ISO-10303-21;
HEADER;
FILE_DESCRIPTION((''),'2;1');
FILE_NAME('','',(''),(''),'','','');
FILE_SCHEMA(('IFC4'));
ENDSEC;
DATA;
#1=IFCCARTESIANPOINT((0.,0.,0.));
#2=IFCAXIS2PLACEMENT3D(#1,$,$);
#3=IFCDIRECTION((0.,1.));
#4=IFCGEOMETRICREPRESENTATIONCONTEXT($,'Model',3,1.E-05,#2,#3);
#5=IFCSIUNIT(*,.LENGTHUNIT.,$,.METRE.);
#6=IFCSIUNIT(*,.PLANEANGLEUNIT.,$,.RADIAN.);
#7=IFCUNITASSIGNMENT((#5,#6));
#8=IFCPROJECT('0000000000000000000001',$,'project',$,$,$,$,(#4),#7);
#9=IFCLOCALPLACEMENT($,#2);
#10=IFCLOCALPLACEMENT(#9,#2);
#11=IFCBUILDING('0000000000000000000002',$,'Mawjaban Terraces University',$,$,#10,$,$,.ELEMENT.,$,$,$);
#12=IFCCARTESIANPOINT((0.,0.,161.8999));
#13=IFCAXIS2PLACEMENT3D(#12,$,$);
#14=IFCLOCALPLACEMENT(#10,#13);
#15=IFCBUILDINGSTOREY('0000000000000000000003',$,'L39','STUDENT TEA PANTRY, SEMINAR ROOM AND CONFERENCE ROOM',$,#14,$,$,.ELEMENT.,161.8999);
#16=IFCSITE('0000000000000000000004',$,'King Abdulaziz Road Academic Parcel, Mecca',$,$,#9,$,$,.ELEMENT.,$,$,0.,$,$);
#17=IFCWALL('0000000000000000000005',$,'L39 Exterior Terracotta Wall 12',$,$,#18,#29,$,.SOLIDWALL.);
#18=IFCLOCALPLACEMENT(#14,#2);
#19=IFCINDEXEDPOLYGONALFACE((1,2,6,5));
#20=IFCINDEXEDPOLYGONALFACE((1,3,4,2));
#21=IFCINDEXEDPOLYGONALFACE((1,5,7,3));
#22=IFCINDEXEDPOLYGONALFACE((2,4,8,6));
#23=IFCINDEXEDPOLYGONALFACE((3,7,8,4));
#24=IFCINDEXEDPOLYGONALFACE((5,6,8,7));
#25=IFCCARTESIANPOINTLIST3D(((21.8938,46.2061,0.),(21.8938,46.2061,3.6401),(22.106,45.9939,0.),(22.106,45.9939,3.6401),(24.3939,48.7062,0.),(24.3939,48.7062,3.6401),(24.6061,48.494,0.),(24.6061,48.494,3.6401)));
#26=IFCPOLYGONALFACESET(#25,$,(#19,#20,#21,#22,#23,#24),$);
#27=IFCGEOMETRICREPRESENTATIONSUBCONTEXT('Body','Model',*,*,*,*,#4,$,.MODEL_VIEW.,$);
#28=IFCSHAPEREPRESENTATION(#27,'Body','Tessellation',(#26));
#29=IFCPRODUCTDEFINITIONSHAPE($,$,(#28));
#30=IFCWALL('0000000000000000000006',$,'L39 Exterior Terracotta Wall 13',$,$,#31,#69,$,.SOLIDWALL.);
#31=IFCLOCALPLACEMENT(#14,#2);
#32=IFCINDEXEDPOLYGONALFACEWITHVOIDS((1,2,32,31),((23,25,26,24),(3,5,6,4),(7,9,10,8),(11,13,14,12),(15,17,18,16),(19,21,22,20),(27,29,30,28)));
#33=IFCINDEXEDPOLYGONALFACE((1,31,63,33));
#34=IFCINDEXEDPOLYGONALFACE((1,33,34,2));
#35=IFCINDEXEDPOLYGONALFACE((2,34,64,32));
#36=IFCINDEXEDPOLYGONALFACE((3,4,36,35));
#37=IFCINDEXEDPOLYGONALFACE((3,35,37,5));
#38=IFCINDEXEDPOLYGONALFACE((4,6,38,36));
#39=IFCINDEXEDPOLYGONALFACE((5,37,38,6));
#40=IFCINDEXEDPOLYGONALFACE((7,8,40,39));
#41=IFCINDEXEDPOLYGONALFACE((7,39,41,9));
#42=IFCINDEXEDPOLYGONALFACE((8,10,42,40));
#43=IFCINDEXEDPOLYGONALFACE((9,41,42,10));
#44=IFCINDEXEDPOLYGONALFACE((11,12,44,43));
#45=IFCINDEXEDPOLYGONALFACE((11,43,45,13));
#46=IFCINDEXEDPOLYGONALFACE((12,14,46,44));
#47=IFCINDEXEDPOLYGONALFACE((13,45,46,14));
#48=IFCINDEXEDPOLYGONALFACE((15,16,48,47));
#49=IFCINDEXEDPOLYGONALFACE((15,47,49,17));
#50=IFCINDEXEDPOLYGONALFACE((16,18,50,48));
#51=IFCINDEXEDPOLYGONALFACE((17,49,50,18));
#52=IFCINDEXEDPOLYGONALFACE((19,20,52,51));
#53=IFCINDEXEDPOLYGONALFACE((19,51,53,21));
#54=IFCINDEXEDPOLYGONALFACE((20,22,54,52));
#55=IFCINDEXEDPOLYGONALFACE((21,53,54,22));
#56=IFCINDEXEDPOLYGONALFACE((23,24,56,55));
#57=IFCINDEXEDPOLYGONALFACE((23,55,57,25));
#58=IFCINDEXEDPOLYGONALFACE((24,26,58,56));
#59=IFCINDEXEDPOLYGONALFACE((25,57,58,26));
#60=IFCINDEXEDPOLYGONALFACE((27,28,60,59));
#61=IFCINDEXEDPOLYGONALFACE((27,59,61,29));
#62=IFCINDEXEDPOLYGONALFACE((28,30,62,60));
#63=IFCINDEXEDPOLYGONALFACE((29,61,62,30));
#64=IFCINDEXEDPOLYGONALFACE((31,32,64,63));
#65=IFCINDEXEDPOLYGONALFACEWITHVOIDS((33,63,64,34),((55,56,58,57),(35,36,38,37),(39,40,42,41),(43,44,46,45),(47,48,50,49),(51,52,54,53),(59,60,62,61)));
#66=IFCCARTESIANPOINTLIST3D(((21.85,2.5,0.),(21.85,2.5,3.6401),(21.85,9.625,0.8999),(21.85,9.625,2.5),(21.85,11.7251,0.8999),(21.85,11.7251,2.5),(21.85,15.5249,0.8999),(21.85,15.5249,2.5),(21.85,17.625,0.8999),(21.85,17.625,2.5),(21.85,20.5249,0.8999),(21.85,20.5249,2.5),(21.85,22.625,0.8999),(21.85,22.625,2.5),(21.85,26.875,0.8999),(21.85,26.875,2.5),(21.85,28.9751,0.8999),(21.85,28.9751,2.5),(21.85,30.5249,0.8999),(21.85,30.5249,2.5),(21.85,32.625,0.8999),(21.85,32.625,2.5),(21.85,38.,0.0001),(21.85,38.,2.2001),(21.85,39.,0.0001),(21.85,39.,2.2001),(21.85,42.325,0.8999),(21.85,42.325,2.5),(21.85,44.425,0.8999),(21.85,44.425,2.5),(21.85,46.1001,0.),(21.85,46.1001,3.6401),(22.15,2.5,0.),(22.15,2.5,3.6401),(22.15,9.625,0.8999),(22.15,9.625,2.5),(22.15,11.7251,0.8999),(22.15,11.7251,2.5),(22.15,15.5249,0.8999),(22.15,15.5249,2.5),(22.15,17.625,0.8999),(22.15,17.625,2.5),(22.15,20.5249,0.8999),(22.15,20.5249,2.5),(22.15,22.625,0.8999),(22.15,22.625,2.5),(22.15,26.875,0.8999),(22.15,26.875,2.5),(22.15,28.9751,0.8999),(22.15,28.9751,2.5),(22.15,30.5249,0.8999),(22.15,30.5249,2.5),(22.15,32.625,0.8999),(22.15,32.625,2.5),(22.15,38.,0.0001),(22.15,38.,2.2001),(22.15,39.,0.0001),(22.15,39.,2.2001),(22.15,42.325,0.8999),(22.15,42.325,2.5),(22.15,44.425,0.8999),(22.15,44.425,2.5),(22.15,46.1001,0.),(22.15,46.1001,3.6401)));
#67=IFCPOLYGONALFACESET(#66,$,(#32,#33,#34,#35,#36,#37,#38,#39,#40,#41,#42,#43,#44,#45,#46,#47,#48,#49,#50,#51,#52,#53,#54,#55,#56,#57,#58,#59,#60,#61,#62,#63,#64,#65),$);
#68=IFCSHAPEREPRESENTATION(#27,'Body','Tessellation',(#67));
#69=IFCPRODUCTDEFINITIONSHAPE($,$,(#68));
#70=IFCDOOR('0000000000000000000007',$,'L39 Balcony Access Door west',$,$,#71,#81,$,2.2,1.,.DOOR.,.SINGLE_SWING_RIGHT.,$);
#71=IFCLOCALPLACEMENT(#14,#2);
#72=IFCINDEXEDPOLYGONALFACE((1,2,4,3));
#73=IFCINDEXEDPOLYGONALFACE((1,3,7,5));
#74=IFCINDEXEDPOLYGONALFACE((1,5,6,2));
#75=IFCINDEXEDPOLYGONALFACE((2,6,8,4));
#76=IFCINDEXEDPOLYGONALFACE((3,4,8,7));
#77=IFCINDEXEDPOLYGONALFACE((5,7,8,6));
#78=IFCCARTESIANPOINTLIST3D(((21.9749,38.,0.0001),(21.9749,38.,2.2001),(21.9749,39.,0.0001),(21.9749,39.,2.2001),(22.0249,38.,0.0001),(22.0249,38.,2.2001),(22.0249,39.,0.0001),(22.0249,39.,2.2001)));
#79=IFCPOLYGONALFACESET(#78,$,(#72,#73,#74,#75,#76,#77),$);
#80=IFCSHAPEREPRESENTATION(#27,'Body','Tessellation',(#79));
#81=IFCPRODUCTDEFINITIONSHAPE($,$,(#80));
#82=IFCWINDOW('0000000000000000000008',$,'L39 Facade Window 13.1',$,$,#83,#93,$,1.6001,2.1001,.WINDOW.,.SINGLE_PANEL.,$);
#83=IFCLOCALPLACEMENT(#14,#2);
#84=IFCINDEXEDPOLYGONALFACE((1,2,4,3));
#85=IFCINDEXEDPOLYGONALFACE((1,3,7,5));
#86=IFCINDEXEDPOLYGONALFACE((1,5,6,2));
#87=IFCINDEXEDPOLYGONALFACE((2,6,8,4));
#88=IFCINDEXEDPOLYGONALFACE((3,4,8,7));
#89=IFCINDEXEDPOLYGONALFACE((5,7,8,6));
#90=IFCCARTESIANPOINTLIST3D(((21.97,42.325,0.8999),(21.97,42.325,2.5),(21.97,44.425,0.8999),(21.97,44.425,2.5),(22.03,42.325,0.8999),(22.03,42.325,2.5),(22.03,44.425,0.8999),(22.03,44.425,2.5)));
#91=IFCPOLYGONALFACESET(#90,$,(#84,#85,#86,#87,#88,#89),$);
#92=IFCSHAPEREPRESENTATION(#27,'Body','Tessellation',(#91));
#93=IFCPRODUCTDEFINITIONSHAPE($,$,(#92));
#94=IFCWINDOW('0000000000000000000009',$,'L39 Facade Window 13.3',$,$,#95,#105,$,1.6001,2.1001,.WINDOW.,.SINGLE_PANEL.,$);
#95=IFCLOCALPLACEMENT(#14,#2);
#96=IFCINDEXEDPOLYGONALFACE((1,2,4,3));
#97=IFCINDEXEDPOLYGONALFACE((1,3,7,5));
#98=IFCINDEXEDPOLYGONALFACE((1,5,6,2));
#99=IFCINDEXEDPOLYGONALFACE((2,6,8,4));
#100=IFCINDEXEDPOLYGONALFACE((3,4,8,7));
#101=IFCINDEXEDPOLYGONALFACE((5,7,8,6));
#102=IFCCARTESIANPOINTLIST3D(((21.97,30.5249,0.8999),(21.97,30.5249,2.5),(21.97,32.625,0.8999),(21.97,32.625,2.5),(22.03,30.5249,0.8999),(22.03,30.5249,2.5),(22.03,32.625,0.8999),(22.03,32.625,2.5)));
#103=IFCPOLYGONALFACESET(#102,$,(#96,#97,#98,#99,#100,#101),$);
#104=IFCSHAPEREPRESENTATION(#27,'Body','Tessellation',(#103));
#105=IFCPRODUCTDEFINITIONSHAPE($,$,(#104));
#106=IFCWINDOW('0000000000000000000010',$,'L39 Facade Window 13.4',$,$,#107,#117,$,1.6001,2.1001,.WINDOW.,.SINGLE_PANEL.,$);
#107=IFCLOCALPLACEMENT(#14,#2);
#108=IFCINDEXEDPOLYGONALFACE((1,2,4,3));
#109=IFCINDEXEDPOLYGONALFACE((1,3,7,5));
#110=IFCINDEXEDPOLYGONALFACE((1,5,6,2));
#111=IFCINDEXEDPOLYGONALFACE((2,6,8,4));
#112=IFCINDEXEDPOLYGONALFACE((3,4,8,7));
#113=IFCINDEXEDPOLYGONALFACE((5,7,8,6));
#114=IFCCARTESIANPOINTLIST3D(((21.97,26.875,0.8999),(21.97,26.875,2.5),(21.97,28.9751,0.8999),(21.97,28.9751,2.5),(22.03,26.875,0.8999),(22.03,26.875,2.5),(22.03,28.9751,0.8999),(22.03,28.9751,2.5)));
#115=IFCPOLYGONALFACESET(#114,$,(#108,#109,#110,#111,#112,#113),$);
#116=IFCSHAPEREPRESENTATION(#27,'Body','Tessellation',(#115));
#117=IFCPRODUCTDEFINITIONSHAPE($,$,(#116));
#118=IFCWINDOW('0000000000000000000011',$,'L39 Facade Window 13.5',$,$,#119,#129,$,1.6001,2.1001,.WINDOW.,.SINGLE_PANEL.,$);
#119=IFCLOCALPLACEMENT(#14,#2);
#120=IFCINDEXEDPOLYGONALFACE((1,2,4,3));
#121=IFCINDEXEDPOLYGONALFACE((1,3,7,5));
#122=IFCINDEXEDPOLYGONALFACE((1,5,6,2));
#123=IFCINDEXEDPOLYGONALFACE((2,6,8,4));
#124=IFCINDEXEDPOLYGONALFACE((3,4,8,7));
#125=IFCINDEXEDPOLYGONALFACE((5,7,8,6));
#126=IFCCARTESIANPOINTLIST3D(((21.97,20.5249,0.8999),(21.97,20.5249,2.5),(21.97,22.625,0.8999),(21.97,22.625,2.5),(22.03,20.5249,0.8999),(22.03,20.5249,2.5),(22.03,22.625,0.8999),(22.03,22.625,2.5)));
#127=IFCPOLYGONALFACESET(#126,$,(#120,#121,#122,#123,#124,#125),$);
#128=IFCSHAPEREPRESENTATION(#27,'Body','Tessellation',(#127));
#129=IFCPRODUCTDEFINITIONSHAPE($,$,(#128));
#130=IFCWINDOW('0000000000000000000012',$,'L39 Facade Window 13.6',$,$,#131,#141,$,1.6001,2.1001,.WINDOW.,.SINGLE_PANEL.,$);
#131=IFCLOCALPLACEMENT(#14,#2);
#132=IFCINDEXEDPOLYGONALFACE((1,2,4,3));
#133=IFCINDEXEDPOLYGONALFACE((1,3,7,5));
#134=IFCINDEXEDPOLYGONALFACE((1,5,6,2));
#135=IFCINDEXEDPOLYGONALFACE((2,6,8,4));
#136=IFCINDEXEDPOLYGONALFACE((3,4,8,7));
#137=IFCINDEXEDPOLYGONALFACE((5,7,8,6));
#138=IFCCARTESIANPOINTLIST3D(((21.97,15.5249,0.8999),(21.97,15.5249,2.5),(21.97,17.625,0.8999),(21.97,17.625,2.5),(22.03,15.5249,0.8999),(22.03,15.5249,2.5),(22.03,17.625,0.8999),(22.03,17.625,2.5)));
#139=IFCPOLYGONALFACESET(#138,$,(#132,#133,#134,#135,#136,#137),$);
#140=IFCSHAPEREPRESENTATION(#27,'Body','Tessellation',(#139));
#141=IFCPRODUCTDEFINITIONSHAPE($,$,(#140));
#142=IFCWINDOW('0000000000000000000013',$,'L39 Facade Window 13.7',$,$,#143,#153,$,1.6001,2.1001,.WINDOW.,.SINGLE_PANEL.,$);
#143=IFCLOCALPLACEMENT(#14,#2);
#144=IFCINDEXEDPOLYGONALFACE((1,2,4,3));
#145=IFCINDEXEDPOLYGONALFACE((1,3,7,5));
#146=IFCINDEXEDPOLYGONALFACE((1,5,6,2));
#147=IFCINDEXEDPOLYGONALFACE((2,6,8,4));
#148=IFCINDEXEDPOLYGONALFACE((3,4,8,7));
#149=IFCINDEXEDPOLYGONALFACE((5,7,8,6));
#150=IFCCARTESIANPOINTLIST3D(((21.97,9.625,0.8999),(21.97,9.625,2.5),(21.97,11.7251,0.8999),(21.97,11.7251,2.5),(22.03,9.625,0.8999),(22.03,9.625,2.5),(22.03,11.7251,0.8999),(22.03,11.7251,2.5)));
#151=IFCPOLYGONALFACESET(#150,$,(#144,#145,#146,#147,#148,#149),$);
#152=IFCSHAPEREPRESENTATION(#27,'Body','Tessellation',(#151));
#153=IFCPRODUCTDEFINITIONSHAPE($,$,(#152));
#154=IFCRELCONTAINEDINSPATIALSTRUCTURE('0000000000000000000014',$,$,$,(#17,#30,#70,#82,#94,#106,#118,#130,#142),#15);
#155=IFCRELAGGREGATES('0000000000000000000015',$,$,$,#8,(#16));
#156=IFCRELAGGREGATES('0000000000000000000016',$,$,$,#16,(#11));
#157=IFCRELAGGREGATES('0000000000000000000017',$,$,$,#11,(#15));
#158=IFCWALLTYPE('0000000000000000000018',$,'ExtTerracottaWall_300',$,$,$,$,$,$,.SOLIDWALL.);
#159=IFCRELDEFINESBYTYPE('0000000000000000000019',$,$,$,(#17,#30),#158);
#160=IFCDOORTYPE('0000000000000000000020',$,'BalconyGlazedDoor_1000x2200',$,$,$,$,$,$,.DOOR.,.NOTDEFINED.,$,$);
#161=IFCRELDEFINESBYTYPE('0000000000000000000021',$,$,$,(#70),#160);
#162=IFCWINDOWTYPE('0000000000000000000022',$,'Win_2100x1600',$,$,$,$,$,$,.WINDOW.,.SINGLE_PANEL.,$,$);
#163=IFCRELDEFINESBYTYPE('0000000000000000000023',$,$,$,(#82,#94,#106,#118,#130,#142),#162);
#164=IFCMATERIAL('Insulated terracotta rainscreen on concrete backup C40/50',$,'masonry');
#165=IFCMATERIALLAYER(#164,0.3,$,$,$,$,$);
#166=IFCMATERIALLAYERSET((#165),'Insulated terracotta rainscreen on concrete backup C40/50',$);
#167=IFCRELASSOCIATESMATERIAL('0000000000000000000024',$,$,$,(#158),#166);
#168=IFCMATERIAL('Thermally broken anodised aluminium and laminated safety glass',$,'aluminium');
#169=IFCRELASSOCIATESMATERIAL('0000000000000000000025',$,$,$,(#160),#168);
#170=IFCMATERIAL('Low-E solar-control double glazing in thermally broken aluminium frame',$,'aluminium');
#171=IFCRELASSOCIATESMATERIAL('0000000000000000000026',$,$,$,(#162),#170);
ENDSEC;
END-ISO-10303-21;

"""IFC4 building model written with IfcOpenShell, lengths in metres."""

from ifc_helpers import new_model, si_unit, direction, frame, frame_2d, origin, place, context, subcontext, project, spatial, rectangle, extrude, material, layer, layer_set, type_object, element, fill, save


model = new_model("IFC4")

# Units and contexts
model_context = context("Model", 3, precision=1e-05, world=origin(), true_north=direction((0.0, 1.0)))
body_context = subcontext(model_context, "Body", "Model", "MODEL_VIEW")
ifc_project = project(units=[si_unit("LENGTHUNIT", "METRE"), si_unit("PLANEANGLEUNIT", "RADIAN")], contexts=[model_context])

# Site, building, storey
site_placement = place(None, origin())
site = spatial("IfcSite", under=ifc_project, at=site_placement, Name="King Abdulaziz Road Academic Parcel, Mecca", CompositionType="ELEMENT", RefElevation=0.0)
building_placement = place(site_placement, origin())
building = spatial("IfcBuilding", under=site, at=building_placement, Name="Mawjaban Terraces University", CompositionType="ELEMENT")
storey_placement = place(building_placement, frame((0.0, 0.0, 161.8999)))
storey = spatial("IfcBuildingStorey", under=building, at=storey_placement, Name="L39", Description="STUDENT TEA PANTRY, SEMINAR ROOM AND CONFERENCE ROOM", CompositionType="ELEMENT", Elevation=161.8999)

# Wall
ifc_material_1 = material(Name="Insulated terracotta rainscreen on concrete backup C40/50", Category="masonry")
ifc_layer_1 = layer(ifc_material_1, 0.3)
ifc_layer_set_1 = layer_set([ifc_layer_1], Name="Insulated terracotta rainscreen on concrete backup C40/50")
wall_type = type_object("IfcWallType", Name="ExtTerracottaWall_300", PredefinedType="SOLIDWALL", material=ifc_layer_set_1)
wall_1_placement = place(storey_placement, frame((24.5, 48.6001, 0.0), z_axis=(0.0, 0.0, 1.0), x_axis=(-0.707107, -0.707107, 0.0)))
element("IfcWall", 1, at=wall_1_placement, inside=storey, type_object=wall_type, Name="L39 Exterior Terracotta Wall 12", PredefinedType="SOLIDWALL", context=body_context, shape_type="SweptSolid", body=[
    extrude(rectangle(XDim=3.5356, YDim=0.3, at=frame_2d((1.7678, 0.0))), origin(), (0.0, 0.0, 1.0), 3.6401),
])

# Wall, openings, door, windows
wall_2_placement = place(storey_placement, frame((22.0, 46.1001, 0.0), z_axis=(0.0, 0.0, 1.0), x_axis=(0.0, -1.0, 0.0)))
wall_2 = element("IfcWall", 2, at=wall_2_placement, inside=storey, type_object=wall_type, Name="L39 Exterior Terracotta Wall 13", PredefinedType="SOLIDWALL", context=body_context, shape_type="SweptSolid", body=[
    extrude(rectangle(XDim=43.6001, YDim=0.3, at=frame_2d((21.8, 0.0))), origin(), (0.0, 0.0, 1.0), 3.6401),
])
opening_1_placement = place(wall_2_placement, frame((7.1001, 0.0, 0.0)))
opening_1 = element("IfcOpeningElement", 3, at=opening_1_placement, cuts=wall_2, PredefinedType="OPENING", context=body_context, shape_type="SweptSolid", body=[
    extrude(rectangle(XDim=1.0, YDim=2.2, at=frame_2d((0.5, 1.1001))), frame((0.0, 0.1599, 0.0), z_axis=(0.0, -1.0, 0.0), x_axis=(1.0, 0.0, 0.0)), (0.0, 0.0, 1.0), 0.3201),
])
opening_2_placement = place(wall_2_placement, frame((1.675, 0.0, 0.8999)))
opening_2 = element("IfcOpeningElement", 4, at=opening_2_placement, cuts=wall_2, PredefinedType="OPENING", context=body_context, shape_type="SweptSolid", body=[
    extrude(rectangle(XDim=2.1001, YDim=1.6001, at=frame_2d((1.05, 0.8))), frame((0.0, 0.1599, 0.0), z_axis=(0.0, -1.0, 0.0), x_axis=(1.0, 0.0, 0.0)), (0.0, 0.0, 1.0), 0.3201),
])
opening_3_placement = place(wall_2_placement, frame((13.4751, 0.0, 0.8999)))
opening_3 = element("IfcOpeningElement", 5, at=opening_3_placement, cuts=wall_2, PredefinedType="OPENING", context=body_context, shape_type="SweptSolid", body=[
    extrude(rectangle(XDim=2.1001, YDim=1.6001, at=frame_2d((1.05, 0.8))), frame((0.0, 0.1599, 0.0), z_axis=(0.0, -1.0, 0.0), x_axis=(1.0, 0.0, 0.0)), (0.0, 0.0, 1.0), 0.3201),
])
opening_4_placement = place(wall_2_placement, frame((17.125, 0.0, 0.8999)))
opening_4 = element("IfcOpeningElement", 6, at=opening_4_placement, cuts=wall_2, PredefinedType="OPENING", context=body_context, shape_type="SweptSolid", body=[
    extrude(rectangle(XDim=2.1001, YDim=1.6001, at=frame_2d((1.05, 0.8))), frame((0.0, 0.1599, 0.0), z_axis=(0.0, -1.0, 0.0), x_axis=(1.0, 0.0, 0.0)), (0.0, 0.0, 1.0), 0.3201),
])
opening_5_placement = place(wall_2_placement, frame((23.4751, 0.0, 0.8999)))
opening_5 = element("IfcOpeningElement", 7, at=opening_5_placement, cuts=wall_2, PredefinedType="OPENING", context=body_context, shape_type="SweptSolid", body=[
    extrude(rectangle(XDim=2.1001, YDim=1.6001, at=frame_2d((1.05, 0.8))), frame((0.0, 0.1599, 0.0), z_axis=(0.0, -1.0, 0.0), x_axis=(1.0, 0.0, 0.0)), (0.0, 0.0, 1.0), 0.3201),
])
opening_6_placement = place(wall_2_placement, frame((28.4751, 0.0, 0.8999)))
opening_6 = element("IfcOpeningElement", 8, at=opening_6_placement, cuts=wall_2, PredefinedType="OPENING", context=body_context, shape_type="SweptSolid", body=[
    extrude(rectangle(XDim=2.1001, YDim=1.6001, at=frame_2d((1.05, 0.8))), frame((0.0, 0.1599, 0.0), z_axis=(0.0, -1.0, 0.0), x_axis=(1.0, 0.0, 0.0)), (0.0, 0.0, 1.0), 0.3201),
])
opening_7_placement = place(wall_2_placement, frame((34.375, 0.0, 0.8999)))
opening_7 = element("IfcOpeningElement", 9, at=opening_7_placement, cuts=wall_2, PredefinedType="OPENING", context=body_context, shape_type="SweptSolid", body=[
    extrude(rectangle(XDim=2.1001, YDim=1.6001, at=frame_2d((1.05, 0.8))), frame((0.0, 0.1599, 0.0), z_axis=(0.0, -1.0, 0.0), x_axis=(1.0, 0.0, 0.0)), (0.0, 0.0, 1.0), 0.3201),
])
ifc_material_2 = material(Name="Thermally broken anodised aluminium and laminated safety glass", Category="aluminium")
door_type = type_object("IfcDoorType", Name="BalconyGlazedDoor_1000x2200", OperationType="NOTDEFINED", PredefinedType="DOOR", material=ifc_material_2)
door_placement = place(opening_1_placement, origin())
door = element("IfcDoor", 10, at=door_placement, inside=storey, type_object=door_type, Name="L39 Balcony Access Door west", OperationType="SINGLE_SWING_RIGHT", OverallHeight=2.2, OverallWidth=1.0, PredefinedType="DOOR", context=body_context, shape_type="SweptSolid", body=[
    extrude(rectangle(XDim=1.0, YDim=2.2, at=frame_2d((0.5, 1.1001))), frame((0.0, 0.0249, 0.0), z_axis=(0.0, -1.0, 0.0), x_axis=(1.0, 0.0, 0.0)), (0.0, 0.0, 1.0), 0.05),
])
fill(opening_1, door)
ifc_material_3 = material(Name="Low-E solar-control double glazing in thermally broken aluminium frame", Category="aluminium")
window_type = type_object("IfcWindowType", Name="Win_2100x1600", PartitioningType="SINGLE_PANEL", PredefinedType="WINDOW", material=ifc_material_3)
window_1_placement = place(opening_2_placement, origin())
window_1 = element("IfcWindow", 11, at=window_1_placement, inside=storey, type_object=window_type, Name="L39 Facade Window 13.1", OverallHeight=1.6001, OverallWidth=2.1001, PartitioningType="SINGLE_PANEL", PredefinedType="WINDOW", context=body_context, shape_type="SweptSolid", body=[
    extrude(rectangle(XDim=2.1001, YDim=1.6001, at=frame_2d((1.05, 0.8))), frame((0.0, 0.03, 0.0), z_axis=(0.0, -1.0, 0.0), x_axis=(1.0, 0.0, 0.0)), (0.0, 0.0, 1.0), 0.0601),
])
fill(opening_2, window_1)
window_2_placement = place(opening_3_placement, origin())
window_2 = element("IfcWindow", 12, at=window_2_placement, inside=storey, type_object=window_type, Name="L39 Facade Window 13.3", OverallHeight=1.6001, OverallWidth=2.1001, PartitioningType="SINGLE_PANEL", PredefinedType="WINDOW", context=body_context, shape_type="SweptSolid", body=[
    extrude(rectangle(XDim=2.1001, YDim=1.6001, at=frame_2d((1.05, 0.8))), frame((0.0, 0.03, 0.0), z_axis=(0.0, -1.0, 0.0), x_axis=(1.0, 0.0, 0.0)), (0.0, 0.0, 1.0), 0.0601),
])
fill(opening_3, window_2)
window_3_placement = place(opening_4_placement, origin())
window_3 = element("IfcWindow", 13, at=window_3_placement, inside=storey, type_object=window_type, Name="L39 Facade Window 13.4", OverallHeight=1.6001, OverallWidth=2.1001, PartitioningType="SINGLE_PANEL", PredefinedType="WINDOW", context=body_context, shape_type="SweptSolid", body=[
    extrude(rectangle(XDim=2.1001, YDim=1.6001, at=frame_2d((1.05, 0.8))), frame((0.0, 0.03, 0.0), z_axis=(0.0, -1.0, 0.0), x_axis=(1.0, 0.0, 0.0)), (0.0, 0.0, 1.0), 0.0601),
])
fill(opening_4, window_3)
window_4_placement = place(opening_5_placement, origin())
window_4 = element("IfcWindow", 14, at=window_4_placement, inside=storey, type_object=window_type, Name="L39 Facade Window 13.5", OverallHeight=1.6001, OverallWidth=2.1001, PartitioningType="SINGLE_PANEL", PredefinedType="WINDOW", context=body_context, shape_type="SweptSolid", body=[
    extrude(rectangle(XDim=2.1001, YDim=1.6001, at=frame_2d((1.05, 0.8))), frame((0.0, 0.03, 0.0), z_axis=(0.0, -1.0, 0.0), x_axis=(1.0, 0.0, 0.0)), (0.0, 0.0, 1.0), 0.0601),
])
fill(opening_5, window_4)
window_5_placement = place(opening_6_placement, origin())
window_5 = element("IfcWindow", 15, at=window_5_placement, inside=storey, type_object=window_type, Name="L39 Facade Window 13.6", OverallHeight=1.6001, OverallWidth=2.1001, PartitioningType="SINGLE_PANEL", PredefinedType="WINDOW", context=body_context, shape_type="SweptSolid", body=[
    extrude(rectangle(XDim=2.1001, YDim=1.6001, at=frame_2d((1.05, 0.8))), frame((0.0, 0.03, 0.0), z_axis=(0.0, -1.0, 0.0), x_axis=(1.0, 0.0, 0.0)), (0.0, 0.0, 1.0), 0.0601),
])
fill(opening_6, window_5)
window_6_placement = place(opening_7_placement, origin())
window_6 = element("IfcWindow", 16, at=window_6_placement, inside=storey, type_object=window_type, Name="L39 Facade Window 13.7", OverallHeight=1.6001, OverallWidth=2.1001, PartitioningType="SINGLE_PANEL", PredefinedType="WINDOW", context=body_context, shape_type="SweptSolid", body=[
    extrude(rectangle(XDim=2.1001, YDim=1.6001, at=frame_2d((1.05, 0.8))), frame((0.0, 0.03, 0.0), z_axis=(0.0, -1.0, 0.0), x_axis=(1.0, 0.0, 0.0)), (0.0, 0.0, 1.0), 0.0601),
])
fill(opening_7, window_6)

save(model, "model.ifc")
